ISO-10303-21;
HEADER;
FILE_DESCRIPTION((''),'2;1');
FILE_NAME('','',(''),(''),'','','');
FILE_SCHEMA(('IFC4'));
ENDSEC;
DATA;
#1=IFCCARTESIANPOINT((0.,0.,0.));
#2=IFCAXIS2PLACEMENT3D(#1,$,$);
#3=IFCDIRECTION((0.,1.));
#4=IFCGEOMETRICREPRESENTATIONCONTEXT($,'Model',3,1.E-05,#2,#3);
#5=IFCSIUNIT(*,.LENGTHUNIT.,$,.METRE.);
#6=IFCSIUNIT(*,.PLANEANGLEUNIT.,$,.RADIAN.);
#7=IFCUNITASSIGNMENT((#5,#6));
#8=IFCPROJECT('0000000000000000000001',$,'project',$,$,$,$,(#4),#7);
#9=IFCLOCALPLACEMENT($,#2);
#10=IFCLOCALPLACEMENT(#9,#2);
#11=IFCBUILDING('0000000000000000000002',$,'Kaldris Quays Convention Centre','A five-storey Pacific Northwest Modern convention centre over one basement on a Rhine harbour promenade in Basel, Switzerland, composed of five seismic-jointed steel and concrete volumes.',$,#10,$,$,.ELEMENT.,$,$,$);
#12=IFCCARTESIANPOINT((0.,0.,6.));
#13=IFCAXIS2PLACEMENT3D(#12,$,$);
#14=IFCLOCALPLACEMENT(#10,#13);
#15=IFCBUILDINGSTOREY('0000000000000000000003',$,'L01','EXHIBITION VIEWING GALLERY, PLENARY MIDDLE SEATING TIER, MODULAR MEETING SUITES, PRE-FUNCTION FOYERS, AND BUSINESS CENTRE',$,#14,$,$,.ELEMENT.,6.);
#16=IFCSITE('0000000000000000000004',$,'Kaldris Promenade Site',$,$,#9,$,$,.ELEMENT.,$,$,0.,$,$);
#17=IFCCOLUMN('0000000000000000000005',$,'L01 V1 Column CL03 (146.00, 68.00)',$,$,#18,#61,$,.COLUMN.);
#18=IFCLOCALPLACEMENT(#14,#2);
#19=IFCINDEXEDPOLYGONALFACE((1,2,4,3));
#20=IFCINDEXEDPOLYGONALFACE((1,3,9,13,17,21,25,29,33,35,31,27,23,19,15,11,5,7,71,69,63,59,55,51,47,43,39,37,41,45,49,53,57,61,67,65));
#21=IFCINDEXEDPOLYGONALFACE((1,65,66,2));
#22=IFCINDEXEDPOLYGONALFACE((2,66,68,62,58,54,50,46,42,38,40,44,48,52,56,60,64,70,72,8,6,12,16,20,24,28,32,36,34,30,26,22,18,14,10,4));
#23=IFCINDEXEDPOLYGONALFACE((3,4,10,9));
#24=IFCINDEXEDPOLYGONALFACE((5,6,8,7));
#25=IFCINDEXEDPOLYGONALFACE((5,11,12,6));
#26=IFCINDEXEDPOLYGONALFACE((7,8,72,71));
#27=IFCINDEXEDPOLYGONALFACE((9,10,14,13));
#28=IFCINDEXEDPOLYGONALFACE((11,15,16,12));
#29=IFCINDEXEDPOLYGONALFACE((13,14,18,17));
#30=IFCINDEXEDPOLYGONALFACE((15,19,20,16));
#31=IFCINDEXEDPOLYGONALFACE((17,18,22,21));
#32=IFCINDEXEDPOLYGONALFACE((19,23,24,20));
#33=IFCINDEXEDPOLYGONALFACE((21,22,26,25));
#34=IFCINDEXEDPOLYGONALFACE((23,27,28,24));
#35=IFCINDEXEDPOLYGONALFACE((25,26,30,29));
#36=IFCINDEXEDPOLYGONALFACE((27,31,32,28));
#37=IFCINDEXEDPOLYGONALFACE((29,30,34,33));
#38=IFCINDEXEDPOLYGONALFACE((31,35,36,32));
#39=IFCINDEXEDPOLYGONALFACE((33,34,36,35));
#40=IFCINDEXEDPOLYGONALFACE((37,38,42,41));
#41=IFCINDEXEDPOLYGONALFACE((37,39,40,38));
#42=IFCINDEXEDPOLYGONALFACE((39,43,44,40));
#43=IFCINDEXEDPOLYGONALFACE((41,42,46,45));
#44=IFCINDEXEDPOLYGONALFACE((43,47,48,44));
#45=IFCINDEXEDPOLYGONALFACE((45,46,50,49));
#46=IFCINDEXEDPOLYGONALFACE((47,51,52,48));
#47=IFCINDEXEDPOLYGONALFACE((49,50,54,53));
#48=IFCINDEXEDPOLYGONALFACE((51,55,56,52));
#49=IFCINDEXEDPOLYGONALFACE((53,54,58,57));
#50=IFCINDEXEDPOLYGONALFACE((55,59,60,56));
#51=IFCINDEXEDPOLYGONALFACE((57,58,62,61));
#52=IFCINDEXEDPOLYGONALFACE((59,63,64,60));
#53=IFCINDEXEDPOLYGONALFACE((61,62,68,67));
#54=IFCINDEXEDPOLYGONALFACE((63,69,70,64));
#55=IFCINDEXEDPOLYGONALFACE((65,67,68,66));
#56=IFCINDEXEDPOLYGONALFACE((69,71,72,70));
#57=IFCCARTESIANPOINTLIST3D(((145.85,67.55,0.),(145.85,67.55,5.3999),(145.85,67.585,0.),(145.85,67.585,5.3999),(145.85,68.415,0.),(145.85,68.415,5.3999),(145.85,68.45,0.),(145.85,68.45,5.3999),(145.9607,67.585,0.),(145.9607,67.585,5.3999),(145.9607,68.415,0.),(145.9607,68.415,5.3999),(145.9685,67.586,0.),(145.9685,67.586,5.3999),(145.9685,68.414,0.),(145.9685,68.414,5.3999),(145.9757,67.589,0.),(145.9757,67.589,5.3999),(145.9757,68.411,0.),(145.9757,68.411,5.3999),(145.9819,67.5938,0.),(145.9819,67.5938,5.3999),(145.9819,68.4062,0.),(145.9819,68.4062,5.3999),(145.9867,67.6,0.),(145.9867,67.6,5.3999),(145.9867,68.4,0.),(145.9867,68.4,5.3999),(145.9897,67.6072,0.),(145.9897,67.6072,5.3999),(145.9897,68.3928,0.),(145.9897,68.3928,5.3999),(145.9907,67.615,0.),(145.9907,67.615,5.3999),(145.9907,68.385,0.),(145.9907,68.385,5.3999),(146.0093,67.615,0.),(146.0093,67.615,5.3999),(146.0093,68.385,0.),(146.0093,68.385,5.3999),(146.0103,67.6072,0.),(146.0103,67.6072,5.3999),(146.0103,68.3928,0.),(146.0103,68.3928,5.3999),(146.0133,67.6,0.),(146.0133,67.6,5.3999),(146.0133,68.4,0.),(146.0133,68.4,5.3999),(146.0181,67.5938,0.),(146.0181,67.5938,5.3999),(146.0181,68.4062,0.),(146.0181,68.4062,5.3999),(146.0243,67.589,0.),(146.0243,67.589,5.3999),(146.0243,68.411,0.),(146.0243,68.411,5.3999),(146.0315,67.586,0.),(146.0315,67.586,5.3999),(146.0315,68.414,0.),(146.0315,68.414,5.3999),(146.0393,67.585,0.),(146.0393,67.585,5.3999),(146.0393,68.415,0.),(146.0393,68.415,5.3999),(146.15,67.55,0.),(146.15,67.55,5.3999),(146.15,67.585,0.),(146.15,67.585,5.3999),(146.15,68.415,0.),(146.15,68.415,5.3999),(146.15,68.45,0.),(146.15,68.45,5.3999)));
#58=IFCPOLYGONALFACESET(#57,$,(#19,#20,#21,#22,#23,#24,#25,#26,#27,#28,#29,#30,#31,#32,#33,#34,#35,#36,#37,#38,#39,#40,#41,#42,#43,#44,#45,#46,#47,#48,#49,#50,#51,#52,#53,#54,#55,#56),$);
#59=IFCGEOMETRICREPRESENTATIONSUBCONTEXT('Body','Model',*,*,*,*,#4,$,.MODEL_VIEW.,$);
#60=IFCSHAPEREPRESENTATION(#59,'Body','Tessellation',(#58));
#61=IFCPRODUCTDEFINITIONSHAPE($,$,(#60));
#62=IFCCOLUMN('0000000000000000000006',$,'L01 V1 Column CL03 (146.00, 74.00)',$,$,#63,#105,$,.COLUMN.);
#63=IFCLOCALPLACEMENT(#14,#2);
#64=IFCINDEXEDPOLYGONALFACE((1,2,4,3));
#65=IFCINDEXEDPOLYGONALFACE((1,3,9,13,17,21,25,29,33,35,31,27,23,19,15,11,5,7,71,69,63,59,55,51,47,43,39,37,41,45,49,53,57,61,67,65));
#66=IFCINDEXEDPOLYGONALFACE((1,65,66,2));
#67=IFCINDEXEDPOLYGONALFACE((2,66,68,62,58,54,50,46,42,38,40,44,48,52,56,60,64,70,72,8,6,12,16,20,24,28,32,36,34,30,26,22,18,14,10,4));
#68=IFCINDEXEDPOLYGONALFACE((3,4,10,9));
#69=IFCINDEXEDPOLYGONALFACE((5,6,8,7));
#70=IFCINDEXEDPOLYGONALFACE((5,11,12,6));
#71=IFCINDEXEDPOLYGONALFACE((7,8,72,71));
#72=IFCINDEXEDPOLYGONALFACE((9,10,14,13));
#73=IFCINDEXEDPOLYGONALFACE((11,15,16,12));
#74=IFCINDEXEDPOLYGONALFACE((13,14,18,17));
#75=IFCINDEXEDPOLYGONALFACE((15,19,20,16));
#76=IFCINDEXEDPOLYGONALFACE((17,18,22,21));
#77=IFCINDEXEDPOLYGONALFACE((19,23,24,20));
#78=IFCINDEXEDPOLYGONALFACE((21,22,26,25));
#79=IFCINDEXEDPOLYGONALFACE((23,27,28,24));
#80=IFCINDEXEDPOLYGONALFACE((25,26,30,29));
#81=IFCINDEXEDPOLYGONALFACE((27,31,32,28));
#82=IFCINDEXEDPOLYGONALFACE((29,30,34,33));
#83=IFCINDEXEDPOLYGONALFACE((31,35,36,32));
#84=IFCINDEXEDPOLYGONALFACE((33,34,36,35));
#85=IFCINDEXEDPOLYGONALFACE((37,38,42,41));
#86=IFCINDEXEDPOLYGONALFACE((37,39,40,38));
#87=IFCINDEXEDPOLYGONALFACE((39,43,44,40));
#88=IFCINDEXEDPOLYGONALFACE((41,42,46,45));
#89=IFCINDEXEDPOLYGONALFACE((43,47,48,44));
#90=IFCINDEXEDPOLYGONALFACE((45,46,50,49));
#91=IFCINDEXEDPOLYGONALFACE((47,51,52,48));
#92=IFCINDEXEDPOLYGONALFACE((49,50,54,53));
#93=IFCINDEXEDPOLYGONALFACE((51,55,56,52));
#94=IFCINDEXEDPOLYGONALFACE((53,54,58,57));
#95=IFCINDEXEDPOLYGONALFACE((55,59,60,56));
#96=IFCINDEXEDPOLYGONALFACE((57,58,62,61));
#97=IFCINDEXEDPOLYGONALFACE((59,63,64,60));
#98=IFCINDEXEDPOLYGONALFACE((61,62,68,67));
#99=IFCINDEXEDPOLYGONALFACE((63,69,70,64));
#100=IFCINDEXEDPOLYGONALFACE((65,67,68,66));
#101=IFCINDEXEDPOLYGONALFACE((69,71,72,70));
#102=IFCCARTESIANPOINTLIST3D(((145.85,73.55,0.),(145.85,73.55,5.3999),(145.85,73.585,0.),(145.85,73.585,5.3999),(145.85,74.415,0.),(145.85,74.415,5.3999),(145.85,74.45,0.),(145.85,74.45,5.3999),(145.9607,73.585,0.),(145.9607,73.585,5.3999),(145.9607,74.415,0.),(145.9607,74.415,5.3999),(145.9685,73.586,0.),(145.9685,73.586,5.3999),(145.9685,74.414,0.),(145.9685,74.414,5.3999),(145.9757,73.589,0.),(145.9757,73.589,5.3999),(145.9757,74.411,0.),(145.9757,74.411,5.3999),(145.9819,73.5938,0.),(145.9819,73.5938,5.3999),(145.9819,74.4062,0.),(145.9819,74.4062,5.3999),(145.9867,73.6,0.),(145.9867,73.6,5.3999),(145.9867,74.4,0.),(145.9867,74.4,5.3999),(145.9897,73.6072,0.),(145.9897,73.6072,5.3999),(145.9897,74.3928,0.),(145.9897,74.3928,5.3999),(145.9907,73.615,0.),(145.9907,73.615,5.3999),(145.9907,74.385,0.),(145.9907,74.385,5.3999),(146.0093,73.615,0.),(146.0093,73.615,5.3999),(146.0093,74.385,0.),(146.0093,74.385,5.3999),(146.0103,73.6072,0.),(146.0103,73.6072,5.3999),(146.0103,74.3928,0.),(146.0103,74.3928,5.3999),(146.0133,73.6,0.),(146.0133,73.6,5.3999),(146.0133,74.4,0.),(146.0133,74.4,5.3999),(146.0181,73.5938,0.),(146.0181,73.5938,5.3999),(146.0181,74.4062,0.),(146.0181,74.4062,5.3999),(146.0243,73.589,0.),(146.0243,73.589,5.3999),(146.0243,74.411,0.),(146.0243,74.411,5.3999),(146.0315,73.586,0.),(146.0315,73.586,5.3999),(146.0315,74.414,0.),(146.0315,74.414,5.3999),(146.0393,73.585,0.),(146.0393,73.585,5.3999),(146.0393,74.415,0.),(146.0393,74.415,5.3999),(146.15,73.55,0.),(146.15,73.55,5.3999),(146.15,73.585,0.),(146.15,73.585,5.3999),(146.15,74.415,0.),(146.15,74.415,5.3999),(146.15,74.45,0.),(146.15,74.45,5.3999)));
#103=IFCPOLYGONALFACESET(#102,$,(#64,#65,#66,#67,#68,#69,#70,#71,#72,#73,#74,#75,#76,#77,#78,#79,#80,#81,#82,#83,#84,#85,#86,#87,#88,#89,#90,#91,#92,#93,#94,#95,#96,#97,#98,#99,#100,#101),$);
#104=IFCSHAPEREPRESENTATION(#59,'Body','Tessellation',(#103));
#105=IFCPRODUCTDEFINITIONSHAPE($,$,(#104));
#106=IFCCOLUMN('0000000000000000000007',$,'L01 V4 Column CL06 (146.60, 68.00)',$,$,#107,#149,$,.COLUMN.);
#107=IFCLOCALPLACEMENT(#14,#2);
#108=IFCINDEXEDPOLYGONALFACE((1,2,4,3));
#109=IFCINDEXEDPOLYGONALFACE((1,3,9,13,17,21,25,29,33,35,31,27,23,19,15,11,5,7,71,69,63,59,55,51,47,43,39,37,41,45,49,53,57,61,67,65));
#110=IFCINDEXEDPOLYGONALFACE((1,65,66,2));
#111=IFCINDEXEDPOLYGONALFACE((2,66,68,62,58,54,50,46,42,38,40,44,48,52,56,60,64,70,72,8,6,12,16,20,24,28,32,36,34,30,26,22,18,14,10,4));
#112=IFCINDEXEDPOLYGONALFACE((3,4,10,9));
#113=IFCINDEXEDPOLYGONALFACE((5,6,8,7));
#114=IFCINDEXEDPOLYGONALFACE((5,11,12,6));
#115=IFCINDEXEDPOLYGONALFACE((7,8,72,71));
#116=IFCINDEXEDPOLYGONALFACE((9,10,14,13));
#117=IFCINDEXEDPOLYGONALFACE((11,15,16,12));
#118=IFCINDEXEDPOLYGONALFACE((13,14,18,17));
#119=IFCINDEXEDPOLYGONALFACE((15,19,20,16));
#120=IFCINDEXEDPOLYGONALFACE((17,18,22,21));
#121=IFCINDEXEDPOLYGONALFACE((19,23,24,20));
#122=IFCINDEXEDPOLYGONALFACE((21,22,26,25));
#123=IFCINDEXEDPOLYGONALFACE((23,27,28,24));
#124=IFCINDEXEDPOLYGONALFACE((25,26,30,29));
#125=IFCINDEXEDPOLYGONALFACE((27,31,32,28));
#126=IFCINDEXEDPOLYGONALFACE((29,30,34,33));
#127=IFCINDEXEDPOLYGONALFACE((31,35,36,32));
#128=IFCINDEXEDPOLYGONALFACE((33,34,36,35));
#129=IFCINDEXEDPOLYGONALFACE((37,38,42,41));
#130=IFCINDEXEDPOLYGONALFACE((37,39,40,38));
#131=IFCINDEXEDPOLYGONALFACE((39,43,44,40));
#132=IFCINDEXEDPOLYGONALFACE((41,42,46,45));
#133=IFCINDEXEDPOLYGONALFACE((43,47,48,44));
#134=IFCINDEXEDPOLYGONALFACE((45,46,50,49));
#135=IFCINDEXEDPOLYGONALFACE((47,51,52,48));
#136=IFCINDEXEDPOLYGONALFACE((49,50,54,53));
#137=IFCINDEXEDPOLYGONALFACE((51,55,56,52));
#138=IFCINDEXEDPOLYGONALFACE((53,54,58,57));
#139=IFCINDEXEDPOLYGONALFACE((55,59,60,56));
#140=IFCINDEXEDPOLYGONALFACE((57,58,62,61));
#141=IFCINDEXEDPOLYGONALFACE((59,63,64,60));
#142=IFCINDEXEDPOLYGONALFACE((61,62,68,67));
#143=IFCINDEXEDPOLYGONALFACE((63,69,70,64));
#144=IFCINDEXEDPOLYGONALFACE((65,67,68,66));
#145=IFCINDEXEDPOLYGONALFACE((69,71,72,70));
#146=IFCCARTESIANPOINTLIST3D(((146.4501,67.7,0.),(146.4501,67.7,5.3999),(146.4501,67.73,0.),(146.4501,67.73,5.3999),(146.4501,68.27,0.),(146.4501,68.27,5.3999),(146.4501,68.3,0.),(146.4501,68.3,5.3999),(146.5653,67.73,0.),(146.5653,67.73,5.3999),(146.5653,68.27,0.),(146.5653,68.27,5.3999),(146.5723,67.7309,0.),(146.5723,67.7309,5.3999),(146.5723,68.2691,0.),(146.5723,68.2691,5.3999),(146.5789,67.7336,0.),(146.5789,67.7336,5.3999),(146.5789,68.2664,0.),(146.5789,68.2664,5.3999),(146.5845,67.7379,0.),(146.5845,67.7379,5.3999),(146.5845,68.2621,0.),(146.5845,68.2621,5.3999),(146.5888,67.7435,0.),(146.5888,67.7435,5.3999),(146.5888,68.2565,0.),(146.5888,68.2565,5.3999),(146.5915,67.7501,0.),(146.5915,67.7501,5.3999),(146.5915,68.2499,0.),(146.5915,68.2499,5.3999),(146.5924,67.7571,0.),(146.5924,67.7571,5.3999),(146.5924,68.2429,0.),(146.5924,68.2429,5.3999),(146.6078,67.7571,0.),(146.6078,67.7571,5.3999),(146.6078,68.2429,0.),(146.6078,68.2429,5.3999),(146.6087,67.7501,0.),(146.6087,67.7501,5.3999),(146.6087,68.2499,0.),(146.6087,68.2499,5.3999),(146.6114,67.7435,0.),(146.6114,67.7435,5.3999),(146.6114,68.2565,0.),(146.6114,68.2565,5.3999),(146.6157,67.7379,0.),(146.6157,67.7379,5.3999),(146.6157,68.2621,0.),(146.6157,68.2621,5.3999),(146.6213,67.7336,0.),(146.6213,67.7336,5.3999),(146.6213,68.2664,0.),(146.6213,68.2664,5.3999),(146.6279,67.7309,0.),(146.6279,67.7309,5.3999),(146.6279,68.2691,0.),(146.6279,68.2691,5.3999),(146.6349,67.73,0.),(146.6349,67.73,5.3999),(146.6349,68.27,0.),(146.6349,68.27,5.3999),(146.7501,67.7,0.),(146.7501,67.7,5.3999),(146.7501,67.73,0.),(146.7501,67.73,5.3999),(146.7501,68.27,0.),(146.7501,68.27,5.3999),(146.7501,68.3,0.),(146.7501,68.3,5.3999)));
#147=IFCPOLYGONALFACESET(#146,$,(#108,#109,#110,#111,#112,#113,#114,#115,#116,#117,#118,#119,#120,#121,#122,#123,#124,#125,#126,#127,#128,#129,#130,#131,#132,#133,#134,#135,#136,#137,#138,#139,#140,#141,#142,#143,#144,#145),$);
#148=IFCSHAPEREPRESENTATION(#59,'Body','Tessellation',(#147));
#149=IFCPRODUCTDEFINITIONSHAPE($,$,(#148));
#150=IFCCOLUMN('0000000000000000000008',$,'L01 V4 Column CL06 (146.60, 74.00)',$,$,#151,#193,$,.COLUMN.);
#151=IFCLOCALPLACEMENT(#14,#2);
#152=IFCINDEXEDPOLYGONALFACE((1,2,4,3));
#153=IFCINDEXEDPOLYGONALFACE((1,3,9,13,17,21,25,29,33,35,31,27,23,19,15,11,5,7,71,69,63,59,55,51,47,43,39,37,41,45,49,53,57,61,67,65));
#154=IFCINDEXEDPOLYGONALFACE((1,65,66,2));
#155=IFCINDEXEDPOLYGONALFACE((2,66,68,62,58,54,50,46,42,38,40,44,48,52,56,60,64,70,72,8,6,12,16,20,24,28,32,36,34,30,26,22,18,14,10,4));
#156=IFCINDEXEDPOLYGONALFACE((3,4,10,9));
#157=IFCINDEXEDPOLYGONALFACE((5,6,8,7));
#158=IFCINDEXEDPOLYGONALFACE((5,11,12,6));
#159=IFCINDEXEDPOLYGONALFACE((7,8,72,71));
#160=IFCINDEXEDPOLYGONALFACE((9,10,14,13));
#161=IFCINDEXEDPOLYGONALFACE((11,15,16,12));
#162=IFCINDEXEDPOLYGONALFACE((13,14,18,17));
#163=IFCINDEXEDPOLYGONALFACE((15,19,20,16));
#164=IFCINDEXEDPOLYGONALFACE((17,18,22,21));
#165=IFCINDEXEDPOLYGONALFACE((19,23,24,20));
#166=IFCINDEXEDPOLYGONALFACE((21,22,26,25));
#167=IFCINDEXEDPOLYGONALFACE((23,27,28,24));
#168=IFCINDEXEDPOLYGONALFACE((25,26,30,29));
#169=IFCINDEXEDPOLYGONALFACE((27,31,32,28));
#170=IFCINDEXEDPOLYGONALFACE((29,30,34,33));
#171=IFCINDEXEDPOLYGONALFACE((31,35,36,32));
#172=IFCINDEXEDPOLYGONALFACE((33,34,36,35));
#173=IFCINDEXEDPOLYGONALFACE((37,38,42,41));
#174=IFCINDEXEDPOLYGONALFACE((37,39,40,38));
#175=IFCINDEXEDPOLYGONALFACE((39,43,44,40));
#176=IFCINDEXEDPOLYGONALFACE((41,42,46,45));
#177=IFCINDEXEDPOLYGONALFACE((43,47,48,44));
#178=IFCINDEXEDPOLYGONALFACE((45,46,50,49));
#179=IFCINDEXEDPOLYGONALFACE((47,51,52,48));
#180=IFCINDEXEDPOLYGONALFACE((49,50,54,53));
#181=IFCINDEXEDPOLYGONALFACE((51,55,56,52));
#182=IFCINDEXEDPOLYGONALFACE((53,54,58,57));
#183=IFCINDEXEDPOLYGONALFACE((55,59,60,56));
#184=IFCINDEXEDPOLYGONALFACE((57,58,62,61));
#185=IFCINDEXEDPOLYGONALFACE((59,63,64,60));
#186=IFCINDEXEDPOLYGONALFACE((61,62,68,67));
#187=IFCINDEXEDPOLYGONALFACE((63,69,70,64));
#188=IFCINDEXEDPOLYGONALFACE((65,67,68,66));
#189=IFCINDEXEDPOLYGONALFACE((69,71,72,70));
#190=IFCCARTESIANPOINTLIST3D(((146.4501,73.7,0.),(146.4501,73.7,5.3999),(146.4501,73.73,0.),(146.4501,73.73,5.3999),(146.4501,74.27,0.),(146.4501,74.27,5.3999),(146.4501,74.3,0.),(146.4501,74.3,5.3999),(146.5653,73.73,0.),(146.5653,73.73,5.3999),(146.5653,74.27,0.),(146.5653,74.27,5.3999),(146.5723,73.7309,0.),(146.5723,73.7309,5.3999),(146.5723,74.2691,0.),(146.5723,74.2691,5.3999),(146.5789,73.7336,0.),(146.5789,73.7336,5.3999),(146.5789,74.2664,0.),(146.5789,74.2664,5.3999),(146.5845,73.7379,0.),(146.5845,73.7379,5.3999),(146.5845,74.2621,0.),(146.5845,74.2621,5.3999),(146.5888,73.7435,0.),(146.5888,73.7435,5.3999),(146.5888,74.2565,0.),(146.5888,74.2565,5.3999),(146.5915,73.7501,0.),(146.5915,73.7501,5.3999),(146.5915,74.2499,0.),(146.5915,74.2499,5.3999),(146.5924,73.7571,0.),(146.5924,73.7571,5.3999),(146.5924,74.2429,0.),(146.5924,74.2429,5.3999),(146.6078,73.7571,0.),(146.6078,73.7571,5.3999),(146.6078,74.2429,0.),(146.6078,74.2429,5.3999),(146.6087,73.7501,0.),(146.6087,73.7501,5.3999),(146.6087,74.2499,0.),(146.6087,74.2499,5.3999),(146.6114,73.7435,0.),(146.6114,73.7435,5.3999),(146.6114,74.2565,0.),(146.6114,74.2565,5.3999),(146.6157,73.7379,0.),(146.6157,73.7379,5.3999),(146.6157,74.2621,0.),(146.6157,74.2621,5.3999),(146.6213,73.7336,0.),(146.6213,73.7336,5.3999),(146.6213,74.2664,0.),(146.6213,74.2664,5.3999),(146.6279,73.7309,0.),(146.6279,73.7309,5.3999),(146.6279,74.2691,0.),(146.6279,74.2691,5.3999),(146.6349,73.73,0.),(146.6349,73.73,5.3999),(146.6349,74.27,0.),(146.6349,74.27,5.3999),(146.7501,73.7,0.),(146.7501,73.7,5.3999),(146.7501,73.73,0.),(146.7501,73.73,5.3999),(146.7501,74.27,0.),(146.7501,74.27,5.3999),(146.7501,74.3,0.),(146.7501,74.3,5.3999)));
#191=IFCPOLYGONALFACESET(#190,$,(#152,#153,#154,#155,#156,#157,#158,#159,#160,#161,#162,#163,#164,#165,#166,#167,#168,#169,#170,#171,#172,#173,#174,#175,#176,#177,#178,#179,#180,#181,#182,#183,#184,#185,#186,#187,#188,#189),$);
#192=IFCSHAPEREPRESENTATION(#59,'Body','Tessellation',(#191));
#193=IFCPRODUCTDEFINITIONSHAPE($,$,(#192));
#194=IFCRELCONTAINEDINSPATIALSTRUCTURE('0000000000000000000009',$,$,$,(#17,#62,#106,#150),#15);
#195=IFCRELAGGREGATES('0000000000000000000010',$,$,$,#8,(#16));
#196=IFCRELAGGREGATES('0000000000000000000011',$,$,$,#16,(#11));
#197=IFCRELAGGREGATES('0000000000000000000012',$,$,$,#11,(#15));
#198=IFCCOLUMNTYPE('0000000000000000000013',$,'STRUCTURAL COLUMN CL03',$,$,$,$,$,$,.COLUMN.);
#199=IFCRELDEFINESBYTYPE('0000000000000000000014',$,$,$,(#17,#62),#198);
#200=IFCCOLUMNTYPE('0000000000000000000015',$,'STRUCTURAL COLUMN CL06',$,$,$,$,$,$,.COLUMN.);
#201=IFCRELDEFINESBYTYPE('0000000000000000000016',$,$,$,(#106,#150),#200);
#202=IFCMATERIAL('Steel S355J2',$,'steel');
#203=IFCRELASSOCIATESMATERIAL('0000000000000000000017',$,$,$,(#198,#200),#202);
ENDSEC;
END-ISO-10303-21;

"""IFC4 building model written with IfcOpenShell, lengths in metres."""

from ifc_helpers import new_model, si_unit, direction, frame, origin, origin_2d, place, context, subcontext, project, spatial, i_section, extrude, material, material_profile, profile_set, type_object, element, save


model = new_model("IFC4")

# Units and contexts
model_context = context("Model", 3, precision=1e-05, world=origin(), true_north=direction((0.0, 1.0)))
body_context = subcontext(model_context, "Body", "Model", "MODEL_VIEW")
ifc_project = project(units=[si_unit("LENGTHUNIT", "METRE"), si_unit("PLANEANGLEUNIT", "RADIAN")], contexts=[model_context])

# Site, building, storey
site_placement = place(None, origin())
site = spatial("IfcSite", under=ifc_project, at=site_placement, Name="Kaldris Promenade Site", CompositionType="ELEMENT", RefElevation=0.0)
building_placement = place(site_placement, origin())
building = spatial("IfcBuilding", under=site, at=building_placement, Name="Kaldris Quays Convention Centre", Description="A five-storey Pacific Northwest Modern convention centre over one basement on a Rhine harbour promenade in Basel, Switzerland, composed of five seismic-jointed steel and concrete volumes.", CompositionType="ELEMENT")
storey_placement = place(building_placement, frame((0.0, 0.0, 6.0)))
storey = spatial("IfcBuildingStorey", under=building, at=storey_placement, Name="L01", Description="EXHIBITION VIEWING GALLERY, PLENARY MIDDLE SEATING TIER, MODULAR MEETING SUITES, PRE-FUNCTION FOYERS, AND BUSINESS CENTRE", CompositionType="ELEMENT", Elevation=6.0)

# Columns
ifc_material_1 = material(Name="Steel S355J2", Category="steel")
ifc_material_profile_1 = material_profile(ifc_material_1, i_section(OverallWidth=0.3, OverallDepth=0.8999, WebThickness=0.0186, FlangeThickness=0.0349, FilletRadius=0.03, at=origin_2d()), Name="HEB 900")
ifc_profile_set_1 = profile_set([ifc_material_profile_1], Name="Steel S355J2")
column_type_1 = type_object("IfcColumnType", Name="STRUCTURAL COLUMN CL03", PredefinedType="COLUMN", material=ifc_profile_set_1)
for number, where, z_axis, x_axis, name in (
    (1, (146.0, 68.0, 0.0), (0.0, 0.0, 1.0), (1.0, 0.0, 0.0), "L01 V1 Column CL03 (146.00, 68.00)"),
    (2, (146.0, 74.0, 0.0), (0.0, 0.0, 1.0), (1.0, 0.0, 0.0), "L01 V1 Column CL03 (146.00, 74.00)"),
):
    element("IfcColumn", number, at=place(storey_placement, frame(where, z_axis=z_axis, x_axis=x_axis)), inside=storey, type_object=column_type_1, Name=name, PredefinedType="COLUMN", context=body_context, shape_type="SweptSolid", body=[
        extrude(i_section(OverallWidth=0.3, OverallDepth=0.8999, WebThickness=0.0186, FlangeThickness=0.0349, FilletRadius=0.03, at=origin_2d()), origin(), (0.0, 0.0, 1.0), 5.3999),
    ])
ifc_material_profile_2 = material_profile(ifc_material_1, i_section(OverallWidth=0.3, OverallDepth=0.6001, WebThickness=0.0154, FlangeThickness=0.03, FilletRadius=0.0271, at=origin_2d()), Name="HEB 600")
ifc_profile_set_2 = profile_set([ifc_material_profile_2], Name="Steel S355J2")
column_type_2 = type_object("IfcColumnType", Name="STRUCTURAL COLUMN CL06", PredefinedType="COLUMN", material=ifc_profile_set_2)
for number, where, z_axis, x_axis, name in (
    (3, (146.6001, 68.0, 0.0), (0.0, 0.0, 1.0), (1.0, 0.0, 0.0), "L01 V4 Column CL06 (146.60, 68.00)"),
    (4, (146.6001, 74.0, 0.0), (0.0, 0.0, 1.0), (1.0, 0.0, 0.0), "L01 V4 Column CL06 (146.60, 74.00)"),
):
    element("IfcColumn", number, at=place(storey_placement, frame(where, z_axis=z_axis, x_axis=x_axis)), inside=storey, type_object=column_type_2, Name=name, PredefinedType="COLUMN", context=body_context, shape_type="SweptSolid", body=[
        extrude(i_section(OverallWidth=0.3, OverallDepth=0.6001, WebThickness=0.0154, FlangeThickness=0.03, FilletRadius=0.0271, at=origin_2d()), origin(), (0.0, 0.0, 1.0), 5.3999),
    ])

save(model, "model.ifc")
